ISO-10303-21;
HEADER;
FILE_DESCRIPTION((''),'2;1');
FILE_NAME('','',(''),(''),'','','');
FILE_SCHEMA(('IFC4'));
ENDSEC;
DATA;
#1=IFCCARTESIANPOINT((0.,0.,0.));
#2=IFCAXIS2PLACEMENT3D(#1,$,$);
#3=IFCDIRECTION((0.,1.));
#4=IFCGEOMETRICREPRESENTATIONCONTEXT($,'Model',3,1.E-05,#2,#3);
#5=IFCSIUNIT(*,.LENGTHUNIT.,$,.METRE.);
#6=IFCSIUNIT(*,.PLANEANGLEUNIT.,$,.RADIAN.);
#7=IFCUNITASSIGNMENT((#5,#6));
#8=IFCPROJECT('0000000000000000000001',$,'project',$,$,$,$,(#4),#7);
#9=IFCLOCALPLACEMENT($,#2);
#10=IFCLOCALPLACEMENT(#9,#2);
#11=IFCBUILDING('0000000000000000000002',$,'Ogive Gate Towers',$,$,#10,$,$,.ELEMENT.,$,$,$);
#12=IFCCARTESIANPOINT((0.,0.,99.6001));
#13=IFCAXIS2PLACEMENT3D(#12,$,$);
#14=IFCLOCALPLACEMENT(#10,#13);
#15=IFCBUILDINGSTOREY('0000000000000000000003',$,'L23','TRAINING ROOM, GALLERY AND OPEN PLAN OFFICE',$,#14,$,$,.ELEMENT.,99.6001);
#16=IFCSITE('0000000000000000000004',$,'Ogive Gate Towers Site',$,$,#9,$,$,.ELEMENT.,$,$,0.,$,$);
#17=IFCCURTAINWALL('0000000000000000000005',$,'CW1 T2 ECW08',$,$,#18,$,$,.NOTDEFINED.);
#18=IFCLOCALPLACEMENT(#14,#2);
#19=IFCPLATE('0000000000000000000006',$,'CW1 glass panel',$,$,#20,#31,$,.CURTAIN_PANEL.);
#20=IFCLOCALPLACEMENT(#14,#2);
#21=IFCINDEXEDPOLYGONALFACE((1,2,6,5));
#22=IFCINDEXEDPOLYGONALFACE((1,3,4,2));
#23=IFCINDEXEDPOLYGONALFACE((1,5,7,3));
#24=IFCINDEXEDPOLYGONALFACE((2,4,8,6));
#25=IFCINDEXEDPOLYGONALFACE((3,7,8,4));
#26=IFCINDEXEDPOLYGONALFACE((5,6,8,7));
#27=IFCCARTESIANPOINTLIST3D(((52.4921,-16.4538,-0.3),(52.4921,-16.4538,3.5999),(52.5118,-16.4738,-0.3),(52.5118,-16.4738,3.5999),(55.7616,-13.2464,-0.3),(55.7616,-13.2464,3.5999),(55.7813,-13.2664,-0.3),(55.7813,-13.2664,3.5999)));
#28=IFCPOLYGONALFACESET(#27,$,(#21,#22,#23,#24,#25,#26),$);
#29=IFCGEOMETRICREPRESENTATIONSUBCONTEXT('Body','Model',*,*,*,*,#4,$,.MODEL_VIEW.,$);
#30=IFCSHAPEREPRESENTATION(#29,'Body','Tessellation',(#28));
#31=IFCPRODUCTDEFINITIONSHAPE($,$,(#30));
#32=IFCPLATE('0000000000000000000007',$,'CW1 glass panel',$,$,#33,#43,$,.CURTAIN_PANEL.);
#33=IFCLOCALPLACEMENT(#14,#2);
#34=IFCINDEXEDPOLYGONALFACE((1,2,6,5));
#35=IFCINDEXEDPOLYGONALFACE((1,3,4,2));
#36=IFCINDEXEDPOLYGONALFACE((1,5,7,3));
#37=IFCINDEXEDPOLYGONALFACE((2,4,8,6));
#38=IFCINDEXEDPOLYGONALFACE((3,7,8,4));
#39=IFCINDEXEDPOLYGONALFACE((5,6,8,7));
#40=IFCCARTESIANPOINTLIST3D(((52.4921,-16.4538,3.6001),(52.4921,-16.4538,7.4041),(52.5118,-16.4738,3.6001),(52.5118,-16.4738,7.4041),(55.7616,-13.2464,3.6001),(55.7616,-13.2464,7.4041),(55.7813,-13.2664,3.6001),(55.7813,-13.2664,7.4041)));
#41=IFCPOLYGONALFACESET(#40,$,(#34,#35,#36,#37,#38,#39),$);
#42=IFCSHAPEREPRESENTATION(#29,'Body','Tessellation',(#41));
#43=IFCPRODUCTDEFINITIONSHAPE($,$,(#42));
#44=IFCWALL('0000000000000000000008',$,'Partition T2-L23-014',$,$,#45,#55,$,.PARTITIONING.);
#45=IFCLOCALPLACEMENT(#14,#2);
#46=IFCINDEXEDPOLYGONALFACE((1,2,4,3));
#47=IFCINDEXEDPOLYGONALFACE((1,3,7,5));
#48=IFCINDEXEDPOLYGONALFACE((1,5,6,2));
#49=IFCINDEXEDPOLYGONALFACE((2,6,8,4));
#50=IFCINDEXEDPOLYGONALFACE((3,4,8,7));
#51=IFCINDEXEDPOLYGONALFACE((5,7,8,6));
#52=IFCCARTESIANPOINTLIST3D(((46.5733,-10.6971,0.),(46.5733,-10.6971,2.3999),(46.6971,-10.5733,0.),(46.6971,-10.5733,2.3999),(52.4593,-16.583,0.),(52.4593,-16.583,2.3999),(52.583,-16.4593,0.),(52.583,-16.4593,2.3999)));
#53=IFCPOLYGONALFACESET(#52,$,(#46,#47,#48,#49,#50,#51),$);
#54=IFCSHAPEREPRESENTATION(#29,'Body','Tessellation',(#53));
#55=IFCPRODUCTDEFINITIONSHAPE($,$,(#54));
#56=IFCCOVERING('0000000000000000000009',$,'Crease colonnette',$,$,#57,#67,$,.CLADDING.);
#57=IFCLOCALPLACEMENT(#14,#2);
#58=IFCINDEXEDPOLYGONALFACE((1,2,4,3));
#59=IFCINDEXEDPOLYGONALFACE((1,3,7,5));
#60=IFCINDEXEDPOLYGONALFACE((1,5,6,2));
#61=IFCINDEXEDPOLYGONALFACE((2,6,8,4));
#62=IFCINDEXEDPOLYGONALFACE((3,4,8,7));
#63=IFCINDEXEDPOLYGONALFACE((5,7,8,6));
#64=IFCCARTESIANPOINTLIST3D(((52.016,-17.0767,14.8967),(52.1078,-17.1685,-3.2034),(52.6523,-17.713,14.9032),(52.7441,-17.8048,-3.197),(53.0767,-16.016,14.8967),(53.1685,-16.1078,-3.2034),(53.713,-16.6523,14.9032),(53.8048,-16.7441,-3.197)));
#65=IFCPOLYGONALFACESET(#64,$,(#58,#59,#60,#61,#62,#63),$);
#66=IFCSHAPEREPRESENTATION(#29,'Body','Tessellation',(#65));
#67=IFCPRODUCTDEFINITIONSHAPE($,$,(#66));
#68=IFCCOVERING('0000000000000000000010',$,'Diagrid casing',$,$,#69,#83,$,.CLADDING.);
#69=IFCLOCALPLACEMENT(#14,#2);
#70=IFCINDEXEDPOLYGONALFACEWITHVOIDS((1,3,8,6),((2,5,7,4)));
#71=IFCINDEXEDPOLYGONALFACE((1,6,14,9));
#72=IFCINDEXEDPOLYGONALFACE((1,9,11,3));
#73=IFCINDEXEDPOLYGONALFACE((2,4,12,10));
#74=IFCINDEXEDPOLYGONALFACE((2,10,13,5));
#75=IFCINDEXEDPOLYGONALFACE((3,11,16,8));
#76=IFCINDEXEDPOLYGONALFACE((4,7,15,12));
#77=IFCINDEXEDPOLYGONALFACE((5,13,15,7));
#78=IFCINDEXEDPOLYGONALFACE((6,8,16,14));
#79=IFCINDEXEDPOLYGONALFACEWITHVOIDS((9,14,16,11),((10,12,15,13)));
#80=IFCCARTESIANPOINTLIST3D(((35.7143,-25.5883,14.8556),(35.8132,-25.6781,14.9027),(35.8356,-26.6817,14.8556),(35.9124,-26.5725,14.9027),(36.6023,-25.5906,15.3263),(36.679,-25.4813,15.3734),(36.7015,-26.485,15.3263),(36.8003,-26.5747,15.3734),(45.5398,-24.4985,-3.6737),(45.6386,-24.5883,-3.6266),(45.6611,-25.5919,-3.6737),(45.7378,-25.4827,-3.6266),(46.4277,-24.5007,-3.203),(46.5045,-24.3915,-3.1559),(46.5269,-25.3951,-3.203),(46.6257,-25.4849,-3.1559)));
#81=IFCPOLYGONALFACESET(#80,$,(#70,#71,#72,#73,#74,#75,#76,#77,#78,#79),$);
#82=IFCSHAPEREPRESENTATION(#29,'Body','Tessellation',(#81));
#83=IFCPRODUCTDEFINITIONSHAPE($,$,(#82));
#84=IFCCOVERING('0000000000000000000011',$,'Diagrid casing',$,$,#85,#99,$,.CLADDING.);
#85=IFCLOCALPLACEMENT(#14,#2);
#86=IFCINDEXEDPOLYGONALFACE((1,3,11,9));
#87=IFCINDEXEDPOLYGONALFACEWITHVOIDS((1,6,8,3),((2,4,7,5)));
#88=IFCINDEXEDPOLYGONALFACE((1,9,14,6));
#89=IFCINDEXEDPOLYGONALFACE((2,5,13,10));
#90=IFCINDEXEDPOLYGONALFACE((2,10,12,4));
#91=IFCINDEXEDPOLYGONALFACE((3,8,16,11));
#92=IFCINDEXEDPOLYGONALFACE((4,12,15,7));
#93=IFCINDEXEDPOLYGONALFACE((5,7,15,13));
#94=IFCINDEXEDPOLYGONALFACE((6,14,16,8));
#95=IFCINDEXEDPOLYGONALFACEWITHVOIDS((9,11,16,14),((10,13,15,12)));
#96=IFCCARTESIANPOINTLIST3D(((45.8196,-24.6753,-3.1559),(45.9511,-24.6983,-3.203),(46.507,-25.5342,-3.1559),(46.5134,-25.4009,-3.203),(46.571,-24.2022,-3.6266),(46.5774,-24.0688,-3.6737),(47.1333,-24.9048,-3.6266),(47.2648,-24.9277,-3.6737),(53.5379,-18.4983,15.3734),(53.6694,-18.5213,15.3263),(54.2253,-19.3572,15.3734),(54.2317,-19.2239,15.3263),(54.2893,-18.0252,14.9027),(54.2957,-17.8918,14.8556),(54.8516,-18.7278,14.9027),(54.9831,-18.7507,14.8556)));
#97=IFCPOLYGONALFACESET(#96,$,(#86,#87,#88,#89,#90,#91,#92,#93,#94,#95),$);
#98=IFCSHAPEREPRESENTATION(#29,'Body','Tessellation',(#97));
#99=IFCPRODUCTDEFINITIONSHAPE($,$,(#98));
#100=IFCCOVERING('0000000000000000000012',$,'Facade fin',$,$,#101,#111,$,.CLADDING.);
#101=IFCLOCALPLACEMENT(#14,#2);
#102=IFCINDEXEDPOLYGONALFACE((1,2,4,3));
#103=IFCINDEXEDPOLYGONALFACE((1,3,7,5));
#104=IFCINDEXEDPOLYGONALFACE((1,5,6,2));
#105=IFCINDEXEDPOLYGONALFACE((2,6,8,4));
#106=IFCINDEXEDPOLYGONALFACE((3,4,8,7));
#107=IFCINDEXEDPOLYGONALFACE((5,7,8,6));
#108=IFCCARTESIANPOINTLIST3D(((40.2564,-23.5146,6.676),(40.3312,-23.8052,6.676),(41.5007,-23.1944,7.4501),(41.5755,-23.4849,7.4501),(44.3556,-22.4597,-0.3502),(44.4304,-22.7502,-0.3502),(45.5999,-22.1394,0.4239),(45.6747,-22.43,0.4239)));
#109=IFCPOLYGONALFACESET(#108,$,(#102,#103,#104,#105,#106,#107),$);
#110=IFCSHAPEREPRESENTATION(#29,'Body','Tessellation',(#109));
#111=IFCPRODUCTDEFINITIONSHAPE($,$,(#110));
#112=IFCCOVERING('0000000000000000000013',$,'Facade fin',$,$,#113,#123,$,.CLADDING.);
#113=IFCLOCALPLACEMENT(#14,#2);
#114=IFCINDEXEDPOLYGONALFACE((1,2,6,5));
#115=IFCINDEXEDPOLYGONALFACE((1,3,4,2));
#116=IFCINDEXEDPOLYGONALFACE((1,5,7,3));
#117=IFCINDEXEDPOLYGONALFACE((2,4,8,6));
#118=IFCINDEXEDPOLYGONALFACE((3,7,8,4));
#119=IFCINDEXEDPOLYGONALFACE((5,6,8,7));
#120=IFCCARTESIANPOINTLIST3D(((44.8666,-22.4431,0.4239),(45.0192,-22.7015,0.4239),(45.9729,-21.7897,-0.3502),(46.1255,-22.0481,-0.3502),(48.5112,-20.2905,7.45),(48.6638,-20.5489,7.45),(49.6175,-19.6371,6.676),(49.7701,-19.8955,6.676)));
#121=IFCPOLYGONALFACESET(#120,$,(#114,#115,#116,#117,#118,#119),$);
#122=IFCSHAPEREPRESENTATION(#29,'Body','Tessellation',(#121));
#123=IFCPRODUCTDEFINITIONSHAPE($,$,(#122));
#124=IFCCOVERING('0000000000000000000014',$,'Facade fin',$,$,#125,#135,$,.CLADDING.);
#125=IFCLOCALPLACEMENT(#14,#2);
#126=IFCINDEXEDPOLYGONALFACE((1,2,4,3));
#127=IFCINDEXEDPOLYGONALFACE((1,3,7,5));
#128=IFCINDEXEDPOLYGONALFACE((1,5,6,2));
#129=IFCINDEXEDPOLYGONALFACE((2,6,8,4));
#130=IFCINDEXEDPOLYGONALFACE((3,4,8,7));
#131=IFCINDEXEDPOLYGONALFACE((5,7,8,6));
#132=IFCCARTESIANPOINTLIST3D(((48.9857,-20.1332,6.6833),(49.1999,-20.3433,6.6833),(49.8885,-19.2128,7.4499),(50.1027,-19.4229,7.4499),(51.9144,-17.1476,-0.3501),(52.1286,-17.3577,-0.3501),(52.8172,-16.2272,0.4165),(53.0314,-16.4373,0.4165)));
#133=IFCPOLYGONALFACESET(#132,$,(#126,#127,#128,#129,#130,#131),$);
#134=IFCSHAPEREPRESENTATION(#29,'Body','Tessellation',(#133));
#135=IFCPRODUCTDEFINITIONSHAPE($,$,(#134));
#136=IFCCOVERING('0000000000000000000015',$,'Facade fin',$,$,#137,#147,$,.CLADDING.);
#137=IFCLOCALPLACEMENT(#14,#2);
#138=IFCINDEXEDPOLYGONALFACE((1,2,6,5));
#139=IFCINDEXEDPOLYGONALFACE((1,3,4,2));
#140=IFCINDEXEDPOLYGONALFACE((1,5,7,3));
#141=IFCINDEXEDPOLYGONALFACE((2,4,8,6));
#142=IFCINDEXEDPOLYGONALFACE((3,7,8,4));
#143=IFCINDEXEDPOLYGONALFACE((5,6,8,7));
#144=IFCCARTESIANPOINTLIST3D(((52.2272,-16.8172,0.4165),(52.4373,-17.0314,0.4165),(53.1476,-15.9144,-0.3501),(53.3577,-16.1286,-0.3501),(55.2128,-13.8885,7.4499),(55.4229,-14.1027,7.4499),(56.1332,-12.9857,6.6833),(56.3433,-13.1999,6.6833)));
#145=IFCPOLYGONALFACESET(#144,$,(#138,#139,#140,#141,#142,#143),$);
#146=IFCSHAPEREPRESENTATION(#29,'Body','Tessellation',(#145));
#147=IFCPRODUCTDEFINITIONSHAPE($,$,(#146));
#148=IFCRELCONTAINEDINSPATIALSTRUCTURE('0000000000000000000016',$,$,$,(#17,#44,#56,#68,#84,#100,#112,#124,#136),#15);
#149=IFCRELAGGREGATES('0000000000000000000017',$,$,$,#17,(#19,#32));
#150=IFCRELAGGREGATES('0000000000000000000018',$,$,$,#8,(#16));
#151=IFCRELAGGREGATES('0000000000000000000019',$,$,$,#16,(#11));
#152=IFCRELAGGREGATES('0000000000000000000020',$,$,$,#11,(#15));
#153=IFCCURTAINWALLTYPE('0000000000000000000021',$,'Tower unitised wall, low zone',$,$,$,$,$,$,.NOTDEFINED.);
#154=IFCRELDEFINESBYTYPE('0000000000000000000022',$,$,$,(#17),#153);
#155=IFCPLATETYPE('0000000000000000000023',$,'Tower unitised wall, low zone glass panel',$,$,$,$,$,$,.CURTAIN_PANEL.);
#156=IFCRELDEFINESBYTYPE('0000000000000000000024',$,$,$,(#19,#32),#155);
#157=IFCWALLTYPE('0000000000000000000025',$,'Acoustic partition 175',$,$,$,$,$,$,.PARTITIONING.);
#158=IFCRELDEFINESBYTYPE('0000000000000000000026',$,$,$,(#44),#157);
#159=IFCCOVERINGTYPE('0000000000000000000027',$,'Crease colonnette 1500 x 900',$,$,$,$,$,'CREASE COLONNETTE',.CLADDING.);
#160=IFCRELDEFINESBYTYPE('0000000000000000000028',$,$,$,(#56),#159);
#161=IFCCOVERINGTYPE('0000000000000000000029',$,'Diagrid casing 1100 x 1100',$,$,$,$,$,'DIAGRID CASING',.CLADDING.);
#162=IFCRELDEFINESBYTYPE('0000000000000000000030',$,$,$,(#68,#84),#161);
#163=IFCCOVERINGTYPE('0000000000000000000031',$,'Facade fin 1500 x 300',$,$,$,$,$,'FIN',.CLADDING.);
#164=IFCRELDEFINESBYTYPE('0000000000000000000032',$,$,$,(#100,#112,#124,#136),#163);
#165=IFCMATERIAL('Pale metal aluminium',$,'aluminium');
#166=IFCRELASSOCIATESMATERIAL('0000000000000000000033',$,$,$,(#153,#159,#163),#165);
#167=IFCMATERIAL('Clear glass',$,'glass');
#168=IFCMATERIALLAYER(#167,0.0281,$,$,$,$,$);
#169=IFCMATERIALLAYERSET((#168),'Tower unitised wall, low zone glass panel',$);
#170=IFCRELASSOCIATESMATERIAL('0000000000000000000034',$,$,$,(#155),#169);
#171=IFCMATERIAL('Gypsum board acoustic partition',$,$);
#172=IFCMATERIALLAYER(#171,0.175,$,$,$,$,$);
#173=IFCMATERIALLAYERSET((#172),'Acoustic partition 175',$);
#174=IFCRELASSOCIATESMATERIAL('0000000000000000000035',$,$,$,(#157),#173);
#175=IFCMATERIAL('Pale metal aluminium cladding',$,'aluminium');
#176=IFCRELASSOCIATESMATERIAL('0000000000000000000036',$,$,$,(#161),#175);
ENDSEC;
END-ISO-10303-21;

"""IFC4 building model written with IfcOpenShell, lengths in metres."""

from ifc_helpers import new_model, si_unit, direction, frame, frame_2d, origin, origin_2d, place, context, subcontext, project, spatial, rectangle, hollow_rectangle, extrude, material, layer, layer_set, material_profile, profile_set, type_object, element, aggregate, save


model = new_model("IFC4")

# Units and contexts
model_context = context("Model", 3, precision=1e-05, world=origin(), true_north=direction((0.0, 1.0)))
body_context = subcontext(model_context, "Body", "Model", "MODEL_VIEW")
ifc_project = project(units=[si_unit("LENGTHUNIT", "METRE"), si_unit("PLANEANGLEUNIT", "RADIAN")], contexts=[model_context])

# Site, building, storey
site_placement = place(None, origin())
site = spatial("IfcSite", under=ifc_project, at=site_placement, Name="Ogive Gate Towers Site", CompositionType="ELEMENT", RefElevation=0.0)
building_placement = place(site_placement, origin())
building = spatial("IfcBuilding", under=site, at=building_placement, Name="Ogive Gate Towers", CompositionType="ELEMENT")
storey_placement = place(building_placement, frame((0.0, 0.0, 99.6001)))
storey = spatial("IfcBuildingStorey", under=building, at=storey_placement, Name="L23", Description="TRAINING ROOM, GALLERY AND OPEN PLAN OFFICE", CompositionType="ELEMENT", Elevation=99.6001)

# Shared definitions
ifc_material_1 = material(Name="Pale metal aluminium", Category="aluminium")
curtain_wall_type = type_object("IfcCurtainWallType", Name="Tower unitised wall, low zone", PredefinedType="NOTDEFINED", material=ifc_material_1)

# Curtain wall
curtain_wall_1_placement = place(storey_placement, origin())
curtain_wall_1 = element("IfcCurtainWall", 1, at=curtain_wall_1_placement, inside=storey, type_object=curtain_wall_type, Name="CW1 T2 ECW08", PredefinedType="NOTDEFINED")

# Plates
ifc_material_2 = material(Name="Clear glass", Category="glass")
ifc_layer_1 = layer(ifc_material_2, 0.0281)
ifc_layer_set_1 = layer_set([ifc_layer_1], Name="Tower unitised wall, low zone glass panel")
plate_type = type_object("IfcPlateType", Name="Tower unitised wall, low zone glass panel", PredefinedType="CURTAIN_PANEL", material=ifc_layer_set_1)
plate_1_placement = place(storey_placement, frame((54.1367, -14.8601, -0.3), z_axis=(0.0, 0.0, 1.0), x_axis=(0.71385, 0.700299, 0.0)))
plate_1 = element("IfcPlate", 2, at=plate_1_placement, type_object=plate_type, Name="CW1 glass panel", PredefinedType="CURTAIN_PANEL", context=body_context, shape_type="SweptSolid", body=[
    extrude(rectangle(XDim=4.5801, YDim=0.0281, at=origin_2d()), origin(), (0.0, 0.0, 1.0), 3.8999),
])
plate_2_placement = place(storey_placement, frame((54.1367, -14.8601, 3.6001), z_axis=(0.0, 0.0, 1.0), x_axis=(0.71385, 0.700299, 0.0)))
plate_2 = element("IfcPlate", 3, at=plate_2_placement, type_object=plate_type, Name="CW1 glass panel", PredefinedType="CURTAIN_PANEL", context=body_context, shape_type="SweptSolid", body=[
    extrude(rectangle(XDim=4.5801, YDim=0.0281, at=origin_2d()), origin(), (0.0, 0.0, 1.0), 3.804),
])
aggregate(curtain_wall_1, [plate_1, plate_2])

# Wall
ifc_material_3 = material(Name="Gypsum board acoustic partition")
ifc_layer_2 = layer(ifc_material_3, 0.175)
ifc_layer_set_2 = layer_set([ifc_layer_2], Name="Acoustic partition 175")
wall_type = type_object("IfcWallType", Name="Acoustic partition 175", PredefinedType="PARTITIONING", material=ifc_layer_set_2)
wall_placement = place(storey_placement, frame((52.5212, -16.5212, 0.0), z_axis=(0.0, 0.0, 1.0), x_axis=(-0.707107, 0.707107, 0.0)))
element("IfcWall", 4, at=wall_placement, inside=storey, type_object=wall_type, Name="Partition T2-L23-014", PredefinedType="PARTITIONING", context=body_context, shape_type="SweptSolid", body=[
    extrude(rectangle(XDim=8.324, YDim=0.175, at=frame_2d((4.1621, 0.0))), origin(), (0.0, 0.0, 1.0), 2.3999),
])

# Coverings
ifc_material_profile_1 = material_profile(ifc_material_1, rectangle(XDim=1.5, YDim=0.8999, at=origin_2d()), Name="1500 x 900 pale metal aluminium")
ifc_profile_set_1 = profile_set([ifc_material_profile_1], Name="Pale metal aluminium")
covering_type_1 = type_object("IfcCoveringType", Name="Crease colonnette 1500 x 900", ElementType="CREASE COLONNETTE", PredefinedType="CLADDING", material=ifc_profile_set_1)
covering_placement = place(storey_placement, frame((52.9563, -16.9563, -3.2002), z_axis=(-0.005071, 0.005071, 0.999974), x_axis=(-0.707107, -0.707107, 0.0)))
element("IfcCovering", 5, at=covering_placement, inside=storey, type_object=covering_type_1, Name="Crease colonnette", PredefinedType="CLADDING", context=body_context, shape_type="SweptSolid", body=[
    extrude(rectangle(XDim=1.5, YDim=0.8999, at=origin_2d()), origin(), (0.0, 0.0, 1.0), 18.1006),
])
ifc_material_4 = material(Name="Pale metal aluminium cladding", Category="aluminium")
ifc_material_profile_2 = material_profile(ifc_material_4, hollow_rectangle(XDim=1.1001, YDim=1.1001, WallThickness=0.1001, at=origin_2d()), Name="1100 x 1100 pale metal casing")
ifc_profile_set_2 = profile_set([ifc_material_profile_2], Name="Pale metal aluminium cladding")
covering_type_2 = type_object("IfcCoveringType", Name="Diagrid casing 1100 x 1100", ElementType="DIAGRID CASING", PredefinedType="CLADDING", material=ifc_profile_set_2)
for number, where, z_axis, x_axis, name in (
    (6, (46.0828, -24.9917, -3.4148), (-0.467845, -0.051894, 0.882286), (0.110244, -0.993904, 0.0), "Diagrid casing"),
    (7, (46.5422, -24.8015, -3.4148), (0.367511, 0.294122, 0.882286), (-0.624843, 0.780751, 0.0), "Diagrid casing"),
):
    element("IfcCovering", number, at=place(storey_placement, frame(where, z_axis=z_axis, x_axis=x_axis)), inside=storey, type_object=covering_type_2, Name=name, PredefinedType="CLADDING", context=body_context, shape_type="SweptSolid", body=[
        extrude(hollow_rectangle(XDim=1.1001, YDim=1.1001, WallThickness=0.1001, at=origin_2d()), origin(), (0.0, 0.0, 1.0), 21.0015),
    ])
ifc_material_profile_3 = material_profile(ifc_material_1, rectangle(XDim=0.3, YDim=1.5, at=origin_2d()), Name="1500 x 300 pale metal aluminium")
ifc_profile_set_3 = profile_set([ifc_material_profile_3], Name="Pale metal aluminium")
covering_type_3 = type_object("IfcCoveringType", Name="Facade fin 1500 x 300", ElementType="FIN", PredefinedType="CLADDING", material=ifc_profile_set_3)
for number, where, z_axis, x_axis, name in (
    (8, (45.0151, -22.4448, 0.0369), (-0.499736, -0.12861, 0.856576), (0.249234, -0.968443, 0.0), "Facade fin"),
    (9, (45.4961, -22.2456, 0.0369), (0.444314, 0.262428, 0.856573), (-0.508554, 0.86103, 0.0), "Facade fin"),
):
    element("IfcCovering", number, at=place(storey_placement, frame(where, z_axis=z_axis, x_axis=x_axis)), inside=storey, type_object=covering_type_3, Name=name, PredefinedType="CLADDING", context=body_context, shape_type="SweptSolid", body=[
        extrude(rectangle(XDim=0.3, YDim=1.5, at=origin_2d()), origin(), (0.0, 0.0, 1.0), 8.2026),
    ])
for number, where, z_axis, x_axis, name in (
    (10, (52.4729, -16.7925, 0.0332), (-0.357904, -0.364856, 0.859526), (0.713875, -0.700273, 0.0), "Facade fin"),
    (11, (52.7925, -16.4729, 0.0332), (0.364856, 0.357904, 0.859526), (-0.700273, 0.713875, 0.0), "Facade fin"),
):
    element("IfcCovering", number, at=place(storey_placement, frame(where, z_axis=z_axis, x_axis=x_axis)), inside=storey, type_object=covering_type_3, Name=name, PredefinedType="CLADDING", context=body_context, shape_type="SweptSolid", body=[
        extrude(rectangle(XDim=0.3, YDim=1.5, at=origin_2d()), origin(), (0.0, 0.0, 1.0), 8.1829),
    ])

save(model, "model.ifc")
